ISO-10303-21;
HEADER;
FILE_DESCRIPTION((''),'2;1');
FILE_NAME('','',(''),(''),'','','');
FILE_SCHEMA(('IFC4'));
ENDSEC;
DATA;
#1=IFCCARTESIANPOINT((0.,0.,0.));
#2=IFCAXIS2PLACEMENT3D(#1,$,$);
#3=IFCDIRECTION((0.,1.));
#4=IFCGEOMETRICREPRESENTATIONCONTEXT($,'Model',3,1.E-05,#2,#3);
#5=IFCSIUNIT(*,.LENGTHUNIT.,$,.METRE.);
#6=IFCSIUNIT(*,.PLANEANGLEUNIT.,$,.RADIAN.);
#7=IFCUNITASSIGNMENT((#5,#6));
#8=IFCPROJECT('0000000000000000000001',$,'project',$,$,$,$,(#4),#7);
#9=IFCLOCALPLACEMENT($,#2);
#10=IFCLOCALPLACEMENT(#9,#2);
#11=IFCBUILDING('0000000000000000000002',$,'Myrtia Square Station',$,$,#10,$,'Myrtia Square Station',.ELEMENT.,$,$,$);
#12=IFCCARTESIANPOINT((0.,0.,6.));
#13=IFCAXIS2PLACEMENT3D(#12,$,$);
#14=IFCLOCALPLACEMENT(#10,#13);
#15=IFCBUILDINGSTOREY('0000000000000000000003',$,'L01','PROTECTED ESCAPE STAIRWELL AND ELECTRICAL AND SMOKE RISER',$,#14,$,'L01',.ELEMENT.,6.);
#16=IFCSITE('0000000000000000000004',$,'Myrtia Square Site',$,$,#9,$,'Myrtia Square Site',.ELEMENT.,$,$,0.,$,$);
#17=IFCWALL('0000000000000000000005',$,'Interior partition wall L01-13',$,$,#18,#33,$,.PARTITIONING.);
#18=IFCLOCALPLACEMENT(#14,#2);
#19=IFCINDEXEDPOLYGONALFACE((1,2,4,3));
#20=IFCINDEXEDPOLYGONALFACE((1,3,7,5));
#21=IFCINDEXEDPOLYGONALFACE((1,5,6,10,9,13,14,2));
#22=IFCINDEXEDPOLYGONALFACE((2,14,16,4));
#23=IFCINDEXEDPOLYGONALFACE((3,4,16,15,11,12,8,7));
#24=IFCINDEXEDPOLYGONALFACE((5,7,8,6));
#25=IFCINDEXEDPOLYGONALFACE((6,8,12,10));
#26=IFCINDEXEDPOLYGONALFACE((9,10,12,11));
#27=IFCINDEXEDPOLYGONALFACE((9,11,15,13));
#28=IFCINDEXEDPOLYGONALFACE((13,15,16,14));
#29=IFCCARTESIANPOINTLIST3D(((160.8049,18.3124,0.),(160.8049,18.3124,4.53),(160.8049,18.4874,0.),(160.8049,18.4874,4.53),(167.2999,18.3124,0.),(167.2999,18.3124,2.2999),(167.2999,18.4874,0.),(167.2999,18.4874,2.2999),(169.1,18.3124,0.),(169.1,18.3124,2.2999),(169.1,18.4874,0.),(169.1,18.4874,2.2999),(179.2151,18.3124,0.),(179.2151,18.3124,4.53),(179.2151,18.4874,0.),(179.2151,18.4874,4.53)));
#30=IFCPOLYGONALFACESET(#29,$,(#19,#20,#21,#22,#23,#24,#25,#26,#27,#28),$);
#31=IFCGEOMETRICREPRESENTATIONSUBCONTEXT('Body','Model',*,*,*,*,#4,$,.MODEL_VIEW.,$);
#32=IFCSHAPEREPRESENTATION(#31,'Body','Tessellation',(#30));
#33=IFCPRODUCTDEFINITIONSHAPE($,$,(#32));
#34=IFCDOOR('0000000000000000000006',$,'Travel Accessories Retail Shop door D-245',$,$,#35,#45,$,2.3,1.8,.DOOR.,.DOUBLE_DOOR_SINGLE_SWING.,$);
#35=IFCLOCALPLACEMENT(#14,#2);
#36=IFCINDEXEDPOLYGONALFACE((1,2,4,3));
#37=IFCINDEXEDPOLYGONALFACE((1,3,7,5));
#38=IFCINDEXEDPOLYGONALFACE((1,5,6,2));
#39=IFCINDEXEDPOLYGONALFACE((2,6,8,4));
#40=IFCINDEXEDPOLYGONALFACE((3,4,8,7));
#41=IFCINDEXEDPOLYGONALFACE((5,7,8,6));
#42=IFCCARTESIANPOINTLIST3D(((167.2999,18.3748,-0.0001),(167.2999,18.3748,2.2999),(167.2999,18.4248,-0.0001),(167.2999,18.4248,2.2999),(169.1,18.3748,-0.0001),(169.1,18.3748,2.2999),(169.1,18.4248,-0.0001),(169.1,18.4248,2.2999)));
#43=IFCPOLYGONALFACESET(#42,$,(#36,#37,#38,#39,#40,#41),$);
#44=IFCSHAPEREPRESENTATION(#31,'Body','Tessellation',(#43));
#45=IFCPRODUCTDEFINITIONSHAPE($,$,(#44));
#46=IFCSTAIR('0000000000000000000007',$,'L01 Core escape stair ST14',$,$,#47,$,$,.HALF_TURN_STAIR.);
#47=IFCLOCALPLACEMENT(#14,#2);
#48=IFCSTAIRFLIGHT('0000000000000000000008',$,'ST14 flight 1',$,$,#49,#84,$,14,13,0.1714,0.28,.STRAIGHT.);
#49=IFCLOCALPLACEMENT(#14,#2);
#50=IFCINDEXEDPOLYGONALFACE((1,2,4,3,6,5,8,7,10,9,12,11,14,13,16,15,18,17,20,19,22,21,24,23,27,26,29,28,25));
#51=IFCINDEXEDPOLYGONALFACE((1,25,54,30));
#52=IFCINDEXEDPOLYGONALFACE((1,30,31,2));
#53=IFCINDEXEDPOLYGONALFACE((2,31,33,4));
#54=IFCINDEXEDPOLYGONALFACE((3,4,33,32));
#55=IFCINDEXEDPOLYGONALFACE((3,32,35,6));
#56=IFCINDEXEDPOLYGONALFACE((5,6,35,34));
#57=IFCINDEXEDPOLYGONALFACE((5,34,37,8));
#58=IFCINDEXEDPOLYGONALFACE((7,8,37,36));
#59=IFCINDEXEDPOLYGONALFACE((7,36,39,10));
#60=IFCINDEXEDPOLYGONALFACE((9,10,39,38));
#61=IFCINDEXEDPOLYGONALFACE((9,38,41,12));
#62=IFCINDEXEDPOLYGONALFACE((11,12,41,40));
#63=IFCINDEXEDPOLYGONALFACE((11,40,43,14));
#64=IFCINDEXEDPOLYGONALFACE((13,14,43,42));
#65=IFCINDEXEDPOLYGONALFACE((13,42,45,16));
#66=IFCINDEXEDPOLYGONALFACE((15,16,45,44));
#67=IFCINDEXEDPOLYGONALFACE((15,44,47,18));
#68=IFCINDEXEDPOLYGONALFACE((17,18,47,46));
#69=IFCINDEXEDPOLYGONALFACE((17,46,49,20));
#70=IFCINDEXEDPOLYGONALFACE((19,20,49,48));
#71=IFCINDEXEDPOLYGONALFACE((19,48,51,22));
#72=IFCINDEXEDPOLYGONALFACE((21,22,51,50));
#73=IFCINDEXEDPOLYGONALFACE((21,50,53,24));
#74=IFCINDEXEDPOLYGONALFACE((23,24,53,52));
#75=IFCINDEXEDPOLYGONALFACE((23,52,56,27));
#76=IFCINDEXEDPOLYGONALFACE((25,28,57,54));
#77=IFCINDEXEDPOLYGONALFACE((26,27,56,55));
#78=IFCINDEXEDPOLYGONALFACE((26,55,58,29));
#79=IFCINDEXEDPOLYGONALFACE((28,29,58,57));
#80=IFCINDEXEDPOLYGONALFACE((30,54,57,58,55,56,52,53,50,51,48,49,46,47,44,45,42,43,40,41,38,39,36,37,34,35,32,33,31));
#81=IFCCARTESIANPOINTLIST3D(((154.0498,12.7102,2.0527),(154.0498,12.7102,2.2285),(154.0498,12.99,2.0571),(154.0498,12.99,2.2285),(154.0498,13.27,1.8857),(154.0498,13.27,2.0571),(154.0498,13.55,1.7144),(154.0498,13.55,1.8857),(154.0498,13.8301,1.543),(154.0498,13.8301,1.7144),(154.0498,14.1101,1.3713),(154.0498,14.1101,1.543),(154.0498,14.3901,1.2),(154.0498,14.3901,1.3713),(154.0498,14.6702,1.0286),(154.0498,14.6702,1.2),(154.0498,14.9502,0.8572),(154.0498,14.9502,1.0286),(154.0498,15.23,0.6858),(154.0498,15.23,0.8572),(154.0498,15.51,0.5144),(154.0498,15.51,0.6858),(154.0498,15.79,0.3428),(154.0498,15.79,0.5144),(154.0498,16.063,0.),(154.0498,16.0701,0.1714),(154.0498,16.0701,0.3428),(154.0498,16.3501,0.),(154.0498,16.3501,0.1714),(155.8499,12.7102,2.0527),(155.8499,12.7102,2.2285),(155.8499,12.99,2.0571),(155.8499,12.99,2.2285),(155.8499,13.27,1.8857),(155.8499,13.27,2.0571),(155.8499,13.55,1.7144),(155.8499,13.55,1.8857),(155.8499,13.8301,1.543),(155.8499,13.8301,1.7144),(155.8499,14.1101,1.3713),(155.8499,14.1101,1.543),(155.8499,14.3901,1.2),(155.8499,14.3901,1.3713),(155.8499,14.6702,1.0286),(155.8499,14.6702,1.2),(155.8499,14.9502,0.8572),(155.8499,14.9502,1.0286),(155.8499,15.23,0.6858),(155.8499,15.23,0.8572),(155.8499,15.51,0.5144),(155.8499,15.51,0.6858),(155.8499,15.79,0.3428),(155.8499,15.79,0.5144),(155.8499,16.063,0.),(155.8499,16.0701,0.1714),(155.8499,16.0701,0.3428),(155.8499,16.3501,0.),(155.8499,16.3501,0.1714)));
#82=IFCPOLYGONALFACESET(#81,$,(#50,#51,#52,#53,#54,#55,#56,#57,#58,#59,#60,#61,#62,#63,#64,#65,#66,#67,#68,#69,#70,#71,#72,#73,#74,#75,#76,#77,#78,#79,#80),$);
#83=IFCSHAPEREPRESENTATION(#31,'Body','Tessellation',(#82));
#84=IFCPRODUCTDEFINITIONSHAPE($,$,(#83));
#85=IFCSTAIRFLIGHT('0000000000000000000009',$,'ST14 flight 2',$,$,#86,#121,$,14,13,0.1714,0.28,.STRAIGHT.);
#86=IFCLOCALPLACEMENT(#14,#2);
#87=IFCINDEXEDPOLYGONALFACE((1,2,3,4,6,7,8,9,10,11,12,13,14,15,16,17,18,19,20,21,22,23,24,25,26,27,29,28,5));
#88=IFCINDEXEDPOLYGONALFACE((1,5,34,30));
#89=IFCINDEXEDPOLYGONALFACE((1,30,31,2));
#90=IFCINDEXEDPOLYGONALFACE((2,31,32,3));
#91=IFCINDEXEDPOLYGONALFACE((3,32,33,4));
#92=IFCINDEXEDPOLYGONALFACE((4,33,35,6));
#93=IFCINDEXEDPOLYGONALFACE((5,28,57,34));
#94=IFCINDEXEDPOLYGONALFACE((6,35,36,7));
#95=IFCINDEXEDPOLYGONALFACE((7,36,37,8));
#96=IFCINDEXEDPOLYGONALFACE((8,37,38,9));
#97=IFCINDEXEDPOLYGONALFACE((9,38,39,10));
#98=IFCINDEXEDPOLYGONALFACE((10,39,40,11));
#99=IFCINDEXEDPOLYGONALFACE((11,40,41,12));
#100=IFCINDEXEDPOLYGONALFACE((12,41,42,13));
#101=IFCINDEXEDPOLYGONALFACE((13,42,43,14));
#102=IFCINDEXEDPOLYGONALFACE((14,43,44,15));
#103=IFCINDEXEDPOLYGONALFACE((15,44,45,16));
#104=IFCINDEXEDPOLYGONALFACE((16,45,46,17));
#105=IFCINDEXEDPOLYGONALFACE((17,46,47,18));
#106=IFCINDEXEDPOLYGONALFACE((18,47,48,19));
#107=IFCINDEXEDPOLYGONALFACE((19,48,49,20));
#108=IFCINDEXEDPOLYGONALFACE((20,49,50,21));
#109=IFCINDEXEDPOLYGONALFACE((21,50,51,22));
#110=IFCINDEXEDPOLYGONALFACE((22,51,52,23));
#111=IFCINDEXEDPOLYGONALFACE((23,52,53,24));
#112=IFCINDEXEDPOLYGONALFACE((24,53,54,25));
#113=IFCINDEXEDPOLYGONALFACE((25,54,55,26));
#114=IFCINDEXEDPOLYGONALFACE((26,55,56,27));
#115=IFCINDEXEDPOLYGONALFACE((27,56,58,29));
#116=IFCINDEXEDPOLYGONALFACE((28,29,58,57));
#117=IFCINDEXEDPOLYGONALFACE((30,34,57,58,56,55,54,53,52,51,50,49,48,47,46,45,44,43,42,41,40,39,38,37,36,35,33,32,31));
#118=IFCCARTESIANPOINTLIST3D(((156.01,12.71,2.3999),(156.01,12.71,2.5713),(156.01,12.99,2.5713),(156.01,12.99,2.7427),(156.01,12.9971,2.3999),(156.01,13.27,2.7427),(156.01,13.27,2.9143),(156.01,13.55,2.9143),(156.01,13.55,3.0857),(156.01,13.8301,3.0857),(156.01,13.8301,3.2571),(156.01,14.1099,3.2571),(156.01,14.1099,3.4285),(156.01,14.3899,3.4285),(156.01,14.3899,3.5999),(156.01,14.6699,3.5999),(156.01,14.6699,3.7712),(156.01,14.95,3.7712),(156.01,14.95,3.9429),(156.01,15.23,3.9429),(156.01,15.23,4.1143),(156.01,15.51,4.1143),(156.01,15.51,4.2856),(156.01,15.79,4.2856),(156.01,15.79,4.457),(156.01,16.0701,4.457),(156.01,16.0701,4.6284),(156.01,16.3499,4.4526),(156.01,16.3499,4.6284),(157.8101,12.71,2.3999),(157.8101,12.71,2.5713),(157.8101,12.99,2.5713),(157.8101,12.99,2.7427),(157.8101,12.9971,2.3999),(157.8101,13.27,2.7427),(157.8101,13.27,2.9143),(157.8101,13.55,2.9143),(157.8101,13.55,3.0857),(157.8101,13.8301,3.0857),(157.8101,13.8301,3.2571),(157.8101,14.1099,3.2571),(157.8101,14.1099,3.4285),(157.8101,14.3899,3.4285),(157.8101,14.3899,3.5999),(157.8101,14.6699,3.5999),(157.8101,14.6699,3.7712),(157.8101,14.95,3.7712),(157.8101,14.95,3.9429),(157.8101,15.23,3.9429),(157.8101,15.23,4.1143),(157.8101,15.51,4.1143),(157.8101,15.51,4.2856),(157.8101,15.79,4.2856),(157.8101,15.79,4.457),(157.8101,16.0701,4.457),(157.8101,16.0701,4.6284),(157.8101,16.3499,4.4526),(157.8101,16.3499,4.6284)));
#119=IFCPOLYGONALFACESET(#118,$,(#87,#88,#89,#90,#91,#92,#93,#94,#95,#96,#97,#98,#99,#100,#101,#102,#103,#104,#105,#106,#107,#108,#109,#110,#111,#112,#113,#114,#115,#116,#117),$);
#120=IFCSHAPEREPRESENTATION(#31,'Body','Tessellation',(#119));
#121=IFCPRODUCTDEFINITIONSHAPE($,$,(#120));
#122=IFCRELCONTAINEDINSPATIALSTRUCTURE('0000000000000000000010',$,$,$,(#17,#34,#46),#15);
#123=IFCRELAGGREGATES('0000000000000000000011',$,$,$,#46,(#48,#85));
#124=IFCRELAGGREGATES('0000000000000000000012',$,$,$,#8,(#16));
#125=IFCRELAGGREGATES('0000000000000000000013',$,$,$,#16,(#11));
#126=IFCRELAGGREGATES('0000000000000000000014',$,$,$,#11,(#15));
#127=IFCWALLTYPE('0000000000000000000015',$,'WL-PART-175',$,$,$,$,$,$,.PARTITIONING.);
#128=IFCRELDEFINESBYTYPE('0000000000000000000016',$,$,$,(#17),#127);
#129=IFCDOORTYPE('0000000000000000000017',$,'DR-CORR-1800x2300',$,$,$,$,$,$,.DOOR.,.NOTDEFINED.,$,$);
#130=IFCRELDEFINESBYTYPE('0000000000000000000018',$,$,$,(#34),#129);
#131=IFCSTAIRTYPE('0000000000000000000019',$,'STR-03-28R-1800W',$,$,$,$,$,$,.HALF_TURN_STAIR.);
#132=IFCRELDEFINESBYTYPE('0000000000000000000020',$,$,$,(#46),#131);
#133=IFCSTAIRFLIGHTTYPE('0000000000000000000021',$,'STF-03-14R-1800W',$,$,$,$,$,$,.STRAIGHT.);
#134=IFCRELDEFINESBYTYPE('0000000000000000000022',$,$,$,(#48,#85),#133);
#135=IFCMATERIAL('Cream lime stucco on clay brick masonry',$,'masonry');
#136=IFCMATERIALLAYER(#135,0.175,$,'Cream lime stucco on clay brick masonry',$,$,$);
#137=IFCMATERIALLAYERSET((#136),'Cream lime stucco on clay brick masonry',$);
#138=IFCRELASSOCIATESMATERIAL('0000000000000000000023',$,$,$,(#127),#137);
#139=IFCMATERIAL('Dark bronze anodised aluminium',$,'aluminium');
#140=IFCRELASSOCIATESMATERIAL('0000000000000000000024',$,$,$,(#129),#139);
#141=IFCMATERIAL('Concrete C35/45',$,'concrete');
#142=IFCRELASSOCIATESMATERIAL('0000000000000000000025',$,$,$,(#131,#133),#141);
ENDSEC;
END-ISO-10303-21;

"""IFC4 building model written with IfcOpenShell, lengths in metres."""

from ifc_helpers import new_model, si_unit, direction, frame, frame_2d, origin, place, context, subcontext, project, spatial, polyline, rectangle, outline, extrude, material, layer, layer_set, type_object, element, fill, aggregate, save


model = new_model("IFC4")

# Units and contexts
model_context = context("Model", 3, precision=1e-05, world=origin(), true_north=direction((0.0, 1.0)))
body_context = subcontext(model_context, "Body", "Model", "MODEL_VIEW")
ifc_project = project(units=[si_unit("LENGTHUNIT", "METRE"), si_unit("PLANEANGLEUNIT", "RADIAN")], contexts=[model_context])

# Site, building, storey
site_placement = place(None, origin())
site = spatial("IfcSite", under=ifc_project, at=site_placement, Name="Myrtia Square Site", LongName="Myrtia Square Site", CompositionType="ELEMENT", RefElevation=0.0)
building_placement = place(site_placement, origin())
building = spatial("IfcBuilding", under=site, at=building_placement, Name="Myrtia Square Station", LongName="Myrtia Square Station", CompositionType="ELEMENT")
storey_placement = place(building_placement, frame((0.0, 0.0, 6.0)))
storey = spatial("IfcBuildingStorey", under=building, at=storey_placement, Name="L01", Description="PROTECTED ESCAPE STAIRWELL AND ELECTRICAL AND SMOKE RISER", LongName="L01", CompositionType="ELEMENT", Elevation=6.0)

# Shared definitions
ifc_material_1 = material(Name="Concrete C35/45", Category="concrete")
ifc_material_2 = material(Name="Dark bronze anodised aluminium", Category="aluminium")

# Wall, opening, door
ifc_material_3 = material(Name="Cream lime stucco on clay brick masonry", Category="masonry")
ifc_layer_1 = layer(ifc_material_3, 0.175, Name="Cream lime stucco on clay brick masonry")
ifc_layer_set_1 = layer_set([ifc_layer_1], Name="Cream lime stucco on clay brick masonry")
wall_type_1 = type_object("IfcWallType", Name="WL-PART-175", PredefinedType="PARTITIONING", material=ifc_layer_set_1)
wall_1_placement = place(storey_placement, frame((160.8049, 18.3999, 0.0), z_axis=(0.0, 0.0, 1.0), x_axis=(1.0, 0.0, 0.0)))
wall_1 = element("IfcWall", 1, at=wall_1_placement, inside=storey, type_object=wall_type_1, Name="Interior partition wall L01-13", PredefinedType="PARTITIONING", context=body_context, shape_type="SweptSolid", body=[
    extrude(rectangle(XDim=18.4102, YDim=0.175, at=frame_2d((9.2051, 0.0))), origin(), (0.0, 0.0, 1.0), 4.53),
])
opening_1_placement = place(wall_1_placement, frame((6.4951, 0.0, 0.0)))
opening_1 = element("IfcOpeningElement", 2, at=opening_1_placement, cuts=wall_1, PredefinedType="OPENING", context=body_context, shape_type="SweptSolid", body=[
    extrude(rectangle(XDim=1.8, YDim=2.3, at=frame_2d((0.8999, 1.1499))), frame((0.0, 0.1025, 0.0), z_axis=(0.0, -1.0, 0.0), x_axis=(1.0, 0.0, 0.0)), (0.0, 0.0, 1.0), 0.2051),
])
door_type_1 = type_object("IfcDoorType", Name="DR-CORR-1800x2300", OperationType="NOTDEFINED", PredefinedType="DOOR", material=ifc_material_2)
door_1_placement = place(opening_1_placement, origin())
door_1 = element("IfcDoor", 3, at=door_1_placement, inside=storey, type_object=door_type_1, Name="Travel Accessories Retail Shop door D-245", OperationType="DOUBLE_DOOR_SINGLE_SWING", OverallHeight=2.3, OverallWidth=1.8, PredefinedType="DOOR", context=body_context, shape_type="SweptSolid", body=[
    extrude(rectangle(XDim=1.8, YDim=2.3, at=frame_2d((0.8999, 1.1499))), frame((0.0, 0.0249, 0.0), z_axis=(0.0, -1.0, 0.0), x_axis=(1.0, 0.0, 0.0)), (0.0, 0.0, 1.0), 0.05),
])
fill(opening_1, door_1)

# Stair, stair flights
stair_type = type_object("IfcStairType", Name="STR-03-28R-1800W", PredefinedType="HALF_TURN_STAIR", material=ifc_material_1)
stair_placement = place(storey_placement, origin())
stair = element("IfcStair", 4, at=stair_placement, inside=storey, type_object=stair_type, Name="L01 Core escape stair ST14", PredefinedType="HALF_TURN_STAIR")
stair_flight_type = type_object("IfcStairFlightType", Name="STF-03-14R-1800W", PredefinedType="STRAIGHT", material=ifc_material_1)
stair_flight_1_placement = place(storey_placement, frame((154.95, 16.3501, 0.0), z_axis=(0.0, 0.0, 1.0), x_axis=(0.0, -1.0, 0.0)))
stair_flight_1 = element("IfcStairFlight", 5, at=stair_flight_1_placement, type_object=stair_flight_type, Name="ST14 flight 1", NumberOfRisers=14, NumberOfTreads=13, PredefinedType="STRAIGHT", RiserHeight=0.1714, TreadLength=0.28, context=body_context, shape_type="SweptSolid", body=[
    extrude(outline(polyline([(0.0, 0.0), (0.0, 0.1714), (0.28, 0.1714), (0.28, 0.3428), (0.5601, 0.3428), (0.5601, 0.5144), (0.8401, 0.5144), (0.8401, 0.6858), (1.1201, 0.6858), (1.1201, 0.8572), (1.3999, 0.8572), (1.3999, 1.0286), (1.6799, 1.0286), (1.6799, 1.2), (1.96, 1.2), (1.96, 1.3713), (2.24, 1.3713), (2.24, 1.543), (2.52, 1.543), (2.52, 1.7144), (2.8, 1.7144), (2.8, 1.8857), (3.0801, 1.8857), (3.0801, 2.0571), (3.3601, 2.0571), (3.3601, 2.2285), (3.6399, 2.2285), (3.6399, 2.3999), (3.6399, 2.0527), (0.2871, 0.0), (0.0, 0.0)])), frame((0.0, 0.8999, 0.0), z_axis=(0.0, -1.0, 0.0), x_axis=(1.0, 0.0, 0.0)), (0.0, 0.0, 1.0), 1.8),
])
stair_flight_2_placement = place(storey_placement, frame((156.9099, 12.71, 2.3999), z_axis=(0.0, 0.0, 1.0), x_axis=(0.0, 1.0, 0.0)))
stair_flight_2 = element("IfcStairFlight", 6, at=stair_flight_2_placement, type_object=stair_flight_type, Name="ST14 flight 2", NumberOfRisers=14, NumberOfTreads=13, PredefinedType="STRAIGHT", RiserHeight=0.1714, TreadLength=0.28, context=body_context, shape_type="SweptSolid", body=[
    extrude(outline(polyline([(0.0, 0.0), (0.0, 0.1714), (0.28, 0.1714), (0.28, 0.3428), (0.5601, 0.3428), (0.5601, 0.5144), (0.8401, 0.5144), (0.8401, 0.6858), (1.1201, 0.6858), (1.1201, 0.8572), (1.3999, 0.8572), (1.3999, 1.0286), (1.6799, 1.0286), (1.6799, 1.2), (1.96, 1.2), (1.96, 1.3713), (2.24, 1.3713), (2.24, 1.543), (2.52, 1.543), (2.52, 1.7144), (2.8, 1.7144), (2.8, 1.8857), (3.0801, 1.8857), (3.0801, 2.0571), (3.3601, 2.0571), (3.3601, 2.2285), (3.6399, 2.2285), (3.6399, 2.3999), (3.6399, 2.0527), (0.2871, 0.0), (0.0, 0.0)])), frame((0.0, 0.8999, 0.0), z_axis=(0.0, -1.0, 0.0), x_axis=(1.0, 0.0, 0.0)), (0.0, 0.0, 1.0), 1.8),
])
aggregate(stair, [stair_flight_1, stair_flight_2])

save(model, "model.ifc")
